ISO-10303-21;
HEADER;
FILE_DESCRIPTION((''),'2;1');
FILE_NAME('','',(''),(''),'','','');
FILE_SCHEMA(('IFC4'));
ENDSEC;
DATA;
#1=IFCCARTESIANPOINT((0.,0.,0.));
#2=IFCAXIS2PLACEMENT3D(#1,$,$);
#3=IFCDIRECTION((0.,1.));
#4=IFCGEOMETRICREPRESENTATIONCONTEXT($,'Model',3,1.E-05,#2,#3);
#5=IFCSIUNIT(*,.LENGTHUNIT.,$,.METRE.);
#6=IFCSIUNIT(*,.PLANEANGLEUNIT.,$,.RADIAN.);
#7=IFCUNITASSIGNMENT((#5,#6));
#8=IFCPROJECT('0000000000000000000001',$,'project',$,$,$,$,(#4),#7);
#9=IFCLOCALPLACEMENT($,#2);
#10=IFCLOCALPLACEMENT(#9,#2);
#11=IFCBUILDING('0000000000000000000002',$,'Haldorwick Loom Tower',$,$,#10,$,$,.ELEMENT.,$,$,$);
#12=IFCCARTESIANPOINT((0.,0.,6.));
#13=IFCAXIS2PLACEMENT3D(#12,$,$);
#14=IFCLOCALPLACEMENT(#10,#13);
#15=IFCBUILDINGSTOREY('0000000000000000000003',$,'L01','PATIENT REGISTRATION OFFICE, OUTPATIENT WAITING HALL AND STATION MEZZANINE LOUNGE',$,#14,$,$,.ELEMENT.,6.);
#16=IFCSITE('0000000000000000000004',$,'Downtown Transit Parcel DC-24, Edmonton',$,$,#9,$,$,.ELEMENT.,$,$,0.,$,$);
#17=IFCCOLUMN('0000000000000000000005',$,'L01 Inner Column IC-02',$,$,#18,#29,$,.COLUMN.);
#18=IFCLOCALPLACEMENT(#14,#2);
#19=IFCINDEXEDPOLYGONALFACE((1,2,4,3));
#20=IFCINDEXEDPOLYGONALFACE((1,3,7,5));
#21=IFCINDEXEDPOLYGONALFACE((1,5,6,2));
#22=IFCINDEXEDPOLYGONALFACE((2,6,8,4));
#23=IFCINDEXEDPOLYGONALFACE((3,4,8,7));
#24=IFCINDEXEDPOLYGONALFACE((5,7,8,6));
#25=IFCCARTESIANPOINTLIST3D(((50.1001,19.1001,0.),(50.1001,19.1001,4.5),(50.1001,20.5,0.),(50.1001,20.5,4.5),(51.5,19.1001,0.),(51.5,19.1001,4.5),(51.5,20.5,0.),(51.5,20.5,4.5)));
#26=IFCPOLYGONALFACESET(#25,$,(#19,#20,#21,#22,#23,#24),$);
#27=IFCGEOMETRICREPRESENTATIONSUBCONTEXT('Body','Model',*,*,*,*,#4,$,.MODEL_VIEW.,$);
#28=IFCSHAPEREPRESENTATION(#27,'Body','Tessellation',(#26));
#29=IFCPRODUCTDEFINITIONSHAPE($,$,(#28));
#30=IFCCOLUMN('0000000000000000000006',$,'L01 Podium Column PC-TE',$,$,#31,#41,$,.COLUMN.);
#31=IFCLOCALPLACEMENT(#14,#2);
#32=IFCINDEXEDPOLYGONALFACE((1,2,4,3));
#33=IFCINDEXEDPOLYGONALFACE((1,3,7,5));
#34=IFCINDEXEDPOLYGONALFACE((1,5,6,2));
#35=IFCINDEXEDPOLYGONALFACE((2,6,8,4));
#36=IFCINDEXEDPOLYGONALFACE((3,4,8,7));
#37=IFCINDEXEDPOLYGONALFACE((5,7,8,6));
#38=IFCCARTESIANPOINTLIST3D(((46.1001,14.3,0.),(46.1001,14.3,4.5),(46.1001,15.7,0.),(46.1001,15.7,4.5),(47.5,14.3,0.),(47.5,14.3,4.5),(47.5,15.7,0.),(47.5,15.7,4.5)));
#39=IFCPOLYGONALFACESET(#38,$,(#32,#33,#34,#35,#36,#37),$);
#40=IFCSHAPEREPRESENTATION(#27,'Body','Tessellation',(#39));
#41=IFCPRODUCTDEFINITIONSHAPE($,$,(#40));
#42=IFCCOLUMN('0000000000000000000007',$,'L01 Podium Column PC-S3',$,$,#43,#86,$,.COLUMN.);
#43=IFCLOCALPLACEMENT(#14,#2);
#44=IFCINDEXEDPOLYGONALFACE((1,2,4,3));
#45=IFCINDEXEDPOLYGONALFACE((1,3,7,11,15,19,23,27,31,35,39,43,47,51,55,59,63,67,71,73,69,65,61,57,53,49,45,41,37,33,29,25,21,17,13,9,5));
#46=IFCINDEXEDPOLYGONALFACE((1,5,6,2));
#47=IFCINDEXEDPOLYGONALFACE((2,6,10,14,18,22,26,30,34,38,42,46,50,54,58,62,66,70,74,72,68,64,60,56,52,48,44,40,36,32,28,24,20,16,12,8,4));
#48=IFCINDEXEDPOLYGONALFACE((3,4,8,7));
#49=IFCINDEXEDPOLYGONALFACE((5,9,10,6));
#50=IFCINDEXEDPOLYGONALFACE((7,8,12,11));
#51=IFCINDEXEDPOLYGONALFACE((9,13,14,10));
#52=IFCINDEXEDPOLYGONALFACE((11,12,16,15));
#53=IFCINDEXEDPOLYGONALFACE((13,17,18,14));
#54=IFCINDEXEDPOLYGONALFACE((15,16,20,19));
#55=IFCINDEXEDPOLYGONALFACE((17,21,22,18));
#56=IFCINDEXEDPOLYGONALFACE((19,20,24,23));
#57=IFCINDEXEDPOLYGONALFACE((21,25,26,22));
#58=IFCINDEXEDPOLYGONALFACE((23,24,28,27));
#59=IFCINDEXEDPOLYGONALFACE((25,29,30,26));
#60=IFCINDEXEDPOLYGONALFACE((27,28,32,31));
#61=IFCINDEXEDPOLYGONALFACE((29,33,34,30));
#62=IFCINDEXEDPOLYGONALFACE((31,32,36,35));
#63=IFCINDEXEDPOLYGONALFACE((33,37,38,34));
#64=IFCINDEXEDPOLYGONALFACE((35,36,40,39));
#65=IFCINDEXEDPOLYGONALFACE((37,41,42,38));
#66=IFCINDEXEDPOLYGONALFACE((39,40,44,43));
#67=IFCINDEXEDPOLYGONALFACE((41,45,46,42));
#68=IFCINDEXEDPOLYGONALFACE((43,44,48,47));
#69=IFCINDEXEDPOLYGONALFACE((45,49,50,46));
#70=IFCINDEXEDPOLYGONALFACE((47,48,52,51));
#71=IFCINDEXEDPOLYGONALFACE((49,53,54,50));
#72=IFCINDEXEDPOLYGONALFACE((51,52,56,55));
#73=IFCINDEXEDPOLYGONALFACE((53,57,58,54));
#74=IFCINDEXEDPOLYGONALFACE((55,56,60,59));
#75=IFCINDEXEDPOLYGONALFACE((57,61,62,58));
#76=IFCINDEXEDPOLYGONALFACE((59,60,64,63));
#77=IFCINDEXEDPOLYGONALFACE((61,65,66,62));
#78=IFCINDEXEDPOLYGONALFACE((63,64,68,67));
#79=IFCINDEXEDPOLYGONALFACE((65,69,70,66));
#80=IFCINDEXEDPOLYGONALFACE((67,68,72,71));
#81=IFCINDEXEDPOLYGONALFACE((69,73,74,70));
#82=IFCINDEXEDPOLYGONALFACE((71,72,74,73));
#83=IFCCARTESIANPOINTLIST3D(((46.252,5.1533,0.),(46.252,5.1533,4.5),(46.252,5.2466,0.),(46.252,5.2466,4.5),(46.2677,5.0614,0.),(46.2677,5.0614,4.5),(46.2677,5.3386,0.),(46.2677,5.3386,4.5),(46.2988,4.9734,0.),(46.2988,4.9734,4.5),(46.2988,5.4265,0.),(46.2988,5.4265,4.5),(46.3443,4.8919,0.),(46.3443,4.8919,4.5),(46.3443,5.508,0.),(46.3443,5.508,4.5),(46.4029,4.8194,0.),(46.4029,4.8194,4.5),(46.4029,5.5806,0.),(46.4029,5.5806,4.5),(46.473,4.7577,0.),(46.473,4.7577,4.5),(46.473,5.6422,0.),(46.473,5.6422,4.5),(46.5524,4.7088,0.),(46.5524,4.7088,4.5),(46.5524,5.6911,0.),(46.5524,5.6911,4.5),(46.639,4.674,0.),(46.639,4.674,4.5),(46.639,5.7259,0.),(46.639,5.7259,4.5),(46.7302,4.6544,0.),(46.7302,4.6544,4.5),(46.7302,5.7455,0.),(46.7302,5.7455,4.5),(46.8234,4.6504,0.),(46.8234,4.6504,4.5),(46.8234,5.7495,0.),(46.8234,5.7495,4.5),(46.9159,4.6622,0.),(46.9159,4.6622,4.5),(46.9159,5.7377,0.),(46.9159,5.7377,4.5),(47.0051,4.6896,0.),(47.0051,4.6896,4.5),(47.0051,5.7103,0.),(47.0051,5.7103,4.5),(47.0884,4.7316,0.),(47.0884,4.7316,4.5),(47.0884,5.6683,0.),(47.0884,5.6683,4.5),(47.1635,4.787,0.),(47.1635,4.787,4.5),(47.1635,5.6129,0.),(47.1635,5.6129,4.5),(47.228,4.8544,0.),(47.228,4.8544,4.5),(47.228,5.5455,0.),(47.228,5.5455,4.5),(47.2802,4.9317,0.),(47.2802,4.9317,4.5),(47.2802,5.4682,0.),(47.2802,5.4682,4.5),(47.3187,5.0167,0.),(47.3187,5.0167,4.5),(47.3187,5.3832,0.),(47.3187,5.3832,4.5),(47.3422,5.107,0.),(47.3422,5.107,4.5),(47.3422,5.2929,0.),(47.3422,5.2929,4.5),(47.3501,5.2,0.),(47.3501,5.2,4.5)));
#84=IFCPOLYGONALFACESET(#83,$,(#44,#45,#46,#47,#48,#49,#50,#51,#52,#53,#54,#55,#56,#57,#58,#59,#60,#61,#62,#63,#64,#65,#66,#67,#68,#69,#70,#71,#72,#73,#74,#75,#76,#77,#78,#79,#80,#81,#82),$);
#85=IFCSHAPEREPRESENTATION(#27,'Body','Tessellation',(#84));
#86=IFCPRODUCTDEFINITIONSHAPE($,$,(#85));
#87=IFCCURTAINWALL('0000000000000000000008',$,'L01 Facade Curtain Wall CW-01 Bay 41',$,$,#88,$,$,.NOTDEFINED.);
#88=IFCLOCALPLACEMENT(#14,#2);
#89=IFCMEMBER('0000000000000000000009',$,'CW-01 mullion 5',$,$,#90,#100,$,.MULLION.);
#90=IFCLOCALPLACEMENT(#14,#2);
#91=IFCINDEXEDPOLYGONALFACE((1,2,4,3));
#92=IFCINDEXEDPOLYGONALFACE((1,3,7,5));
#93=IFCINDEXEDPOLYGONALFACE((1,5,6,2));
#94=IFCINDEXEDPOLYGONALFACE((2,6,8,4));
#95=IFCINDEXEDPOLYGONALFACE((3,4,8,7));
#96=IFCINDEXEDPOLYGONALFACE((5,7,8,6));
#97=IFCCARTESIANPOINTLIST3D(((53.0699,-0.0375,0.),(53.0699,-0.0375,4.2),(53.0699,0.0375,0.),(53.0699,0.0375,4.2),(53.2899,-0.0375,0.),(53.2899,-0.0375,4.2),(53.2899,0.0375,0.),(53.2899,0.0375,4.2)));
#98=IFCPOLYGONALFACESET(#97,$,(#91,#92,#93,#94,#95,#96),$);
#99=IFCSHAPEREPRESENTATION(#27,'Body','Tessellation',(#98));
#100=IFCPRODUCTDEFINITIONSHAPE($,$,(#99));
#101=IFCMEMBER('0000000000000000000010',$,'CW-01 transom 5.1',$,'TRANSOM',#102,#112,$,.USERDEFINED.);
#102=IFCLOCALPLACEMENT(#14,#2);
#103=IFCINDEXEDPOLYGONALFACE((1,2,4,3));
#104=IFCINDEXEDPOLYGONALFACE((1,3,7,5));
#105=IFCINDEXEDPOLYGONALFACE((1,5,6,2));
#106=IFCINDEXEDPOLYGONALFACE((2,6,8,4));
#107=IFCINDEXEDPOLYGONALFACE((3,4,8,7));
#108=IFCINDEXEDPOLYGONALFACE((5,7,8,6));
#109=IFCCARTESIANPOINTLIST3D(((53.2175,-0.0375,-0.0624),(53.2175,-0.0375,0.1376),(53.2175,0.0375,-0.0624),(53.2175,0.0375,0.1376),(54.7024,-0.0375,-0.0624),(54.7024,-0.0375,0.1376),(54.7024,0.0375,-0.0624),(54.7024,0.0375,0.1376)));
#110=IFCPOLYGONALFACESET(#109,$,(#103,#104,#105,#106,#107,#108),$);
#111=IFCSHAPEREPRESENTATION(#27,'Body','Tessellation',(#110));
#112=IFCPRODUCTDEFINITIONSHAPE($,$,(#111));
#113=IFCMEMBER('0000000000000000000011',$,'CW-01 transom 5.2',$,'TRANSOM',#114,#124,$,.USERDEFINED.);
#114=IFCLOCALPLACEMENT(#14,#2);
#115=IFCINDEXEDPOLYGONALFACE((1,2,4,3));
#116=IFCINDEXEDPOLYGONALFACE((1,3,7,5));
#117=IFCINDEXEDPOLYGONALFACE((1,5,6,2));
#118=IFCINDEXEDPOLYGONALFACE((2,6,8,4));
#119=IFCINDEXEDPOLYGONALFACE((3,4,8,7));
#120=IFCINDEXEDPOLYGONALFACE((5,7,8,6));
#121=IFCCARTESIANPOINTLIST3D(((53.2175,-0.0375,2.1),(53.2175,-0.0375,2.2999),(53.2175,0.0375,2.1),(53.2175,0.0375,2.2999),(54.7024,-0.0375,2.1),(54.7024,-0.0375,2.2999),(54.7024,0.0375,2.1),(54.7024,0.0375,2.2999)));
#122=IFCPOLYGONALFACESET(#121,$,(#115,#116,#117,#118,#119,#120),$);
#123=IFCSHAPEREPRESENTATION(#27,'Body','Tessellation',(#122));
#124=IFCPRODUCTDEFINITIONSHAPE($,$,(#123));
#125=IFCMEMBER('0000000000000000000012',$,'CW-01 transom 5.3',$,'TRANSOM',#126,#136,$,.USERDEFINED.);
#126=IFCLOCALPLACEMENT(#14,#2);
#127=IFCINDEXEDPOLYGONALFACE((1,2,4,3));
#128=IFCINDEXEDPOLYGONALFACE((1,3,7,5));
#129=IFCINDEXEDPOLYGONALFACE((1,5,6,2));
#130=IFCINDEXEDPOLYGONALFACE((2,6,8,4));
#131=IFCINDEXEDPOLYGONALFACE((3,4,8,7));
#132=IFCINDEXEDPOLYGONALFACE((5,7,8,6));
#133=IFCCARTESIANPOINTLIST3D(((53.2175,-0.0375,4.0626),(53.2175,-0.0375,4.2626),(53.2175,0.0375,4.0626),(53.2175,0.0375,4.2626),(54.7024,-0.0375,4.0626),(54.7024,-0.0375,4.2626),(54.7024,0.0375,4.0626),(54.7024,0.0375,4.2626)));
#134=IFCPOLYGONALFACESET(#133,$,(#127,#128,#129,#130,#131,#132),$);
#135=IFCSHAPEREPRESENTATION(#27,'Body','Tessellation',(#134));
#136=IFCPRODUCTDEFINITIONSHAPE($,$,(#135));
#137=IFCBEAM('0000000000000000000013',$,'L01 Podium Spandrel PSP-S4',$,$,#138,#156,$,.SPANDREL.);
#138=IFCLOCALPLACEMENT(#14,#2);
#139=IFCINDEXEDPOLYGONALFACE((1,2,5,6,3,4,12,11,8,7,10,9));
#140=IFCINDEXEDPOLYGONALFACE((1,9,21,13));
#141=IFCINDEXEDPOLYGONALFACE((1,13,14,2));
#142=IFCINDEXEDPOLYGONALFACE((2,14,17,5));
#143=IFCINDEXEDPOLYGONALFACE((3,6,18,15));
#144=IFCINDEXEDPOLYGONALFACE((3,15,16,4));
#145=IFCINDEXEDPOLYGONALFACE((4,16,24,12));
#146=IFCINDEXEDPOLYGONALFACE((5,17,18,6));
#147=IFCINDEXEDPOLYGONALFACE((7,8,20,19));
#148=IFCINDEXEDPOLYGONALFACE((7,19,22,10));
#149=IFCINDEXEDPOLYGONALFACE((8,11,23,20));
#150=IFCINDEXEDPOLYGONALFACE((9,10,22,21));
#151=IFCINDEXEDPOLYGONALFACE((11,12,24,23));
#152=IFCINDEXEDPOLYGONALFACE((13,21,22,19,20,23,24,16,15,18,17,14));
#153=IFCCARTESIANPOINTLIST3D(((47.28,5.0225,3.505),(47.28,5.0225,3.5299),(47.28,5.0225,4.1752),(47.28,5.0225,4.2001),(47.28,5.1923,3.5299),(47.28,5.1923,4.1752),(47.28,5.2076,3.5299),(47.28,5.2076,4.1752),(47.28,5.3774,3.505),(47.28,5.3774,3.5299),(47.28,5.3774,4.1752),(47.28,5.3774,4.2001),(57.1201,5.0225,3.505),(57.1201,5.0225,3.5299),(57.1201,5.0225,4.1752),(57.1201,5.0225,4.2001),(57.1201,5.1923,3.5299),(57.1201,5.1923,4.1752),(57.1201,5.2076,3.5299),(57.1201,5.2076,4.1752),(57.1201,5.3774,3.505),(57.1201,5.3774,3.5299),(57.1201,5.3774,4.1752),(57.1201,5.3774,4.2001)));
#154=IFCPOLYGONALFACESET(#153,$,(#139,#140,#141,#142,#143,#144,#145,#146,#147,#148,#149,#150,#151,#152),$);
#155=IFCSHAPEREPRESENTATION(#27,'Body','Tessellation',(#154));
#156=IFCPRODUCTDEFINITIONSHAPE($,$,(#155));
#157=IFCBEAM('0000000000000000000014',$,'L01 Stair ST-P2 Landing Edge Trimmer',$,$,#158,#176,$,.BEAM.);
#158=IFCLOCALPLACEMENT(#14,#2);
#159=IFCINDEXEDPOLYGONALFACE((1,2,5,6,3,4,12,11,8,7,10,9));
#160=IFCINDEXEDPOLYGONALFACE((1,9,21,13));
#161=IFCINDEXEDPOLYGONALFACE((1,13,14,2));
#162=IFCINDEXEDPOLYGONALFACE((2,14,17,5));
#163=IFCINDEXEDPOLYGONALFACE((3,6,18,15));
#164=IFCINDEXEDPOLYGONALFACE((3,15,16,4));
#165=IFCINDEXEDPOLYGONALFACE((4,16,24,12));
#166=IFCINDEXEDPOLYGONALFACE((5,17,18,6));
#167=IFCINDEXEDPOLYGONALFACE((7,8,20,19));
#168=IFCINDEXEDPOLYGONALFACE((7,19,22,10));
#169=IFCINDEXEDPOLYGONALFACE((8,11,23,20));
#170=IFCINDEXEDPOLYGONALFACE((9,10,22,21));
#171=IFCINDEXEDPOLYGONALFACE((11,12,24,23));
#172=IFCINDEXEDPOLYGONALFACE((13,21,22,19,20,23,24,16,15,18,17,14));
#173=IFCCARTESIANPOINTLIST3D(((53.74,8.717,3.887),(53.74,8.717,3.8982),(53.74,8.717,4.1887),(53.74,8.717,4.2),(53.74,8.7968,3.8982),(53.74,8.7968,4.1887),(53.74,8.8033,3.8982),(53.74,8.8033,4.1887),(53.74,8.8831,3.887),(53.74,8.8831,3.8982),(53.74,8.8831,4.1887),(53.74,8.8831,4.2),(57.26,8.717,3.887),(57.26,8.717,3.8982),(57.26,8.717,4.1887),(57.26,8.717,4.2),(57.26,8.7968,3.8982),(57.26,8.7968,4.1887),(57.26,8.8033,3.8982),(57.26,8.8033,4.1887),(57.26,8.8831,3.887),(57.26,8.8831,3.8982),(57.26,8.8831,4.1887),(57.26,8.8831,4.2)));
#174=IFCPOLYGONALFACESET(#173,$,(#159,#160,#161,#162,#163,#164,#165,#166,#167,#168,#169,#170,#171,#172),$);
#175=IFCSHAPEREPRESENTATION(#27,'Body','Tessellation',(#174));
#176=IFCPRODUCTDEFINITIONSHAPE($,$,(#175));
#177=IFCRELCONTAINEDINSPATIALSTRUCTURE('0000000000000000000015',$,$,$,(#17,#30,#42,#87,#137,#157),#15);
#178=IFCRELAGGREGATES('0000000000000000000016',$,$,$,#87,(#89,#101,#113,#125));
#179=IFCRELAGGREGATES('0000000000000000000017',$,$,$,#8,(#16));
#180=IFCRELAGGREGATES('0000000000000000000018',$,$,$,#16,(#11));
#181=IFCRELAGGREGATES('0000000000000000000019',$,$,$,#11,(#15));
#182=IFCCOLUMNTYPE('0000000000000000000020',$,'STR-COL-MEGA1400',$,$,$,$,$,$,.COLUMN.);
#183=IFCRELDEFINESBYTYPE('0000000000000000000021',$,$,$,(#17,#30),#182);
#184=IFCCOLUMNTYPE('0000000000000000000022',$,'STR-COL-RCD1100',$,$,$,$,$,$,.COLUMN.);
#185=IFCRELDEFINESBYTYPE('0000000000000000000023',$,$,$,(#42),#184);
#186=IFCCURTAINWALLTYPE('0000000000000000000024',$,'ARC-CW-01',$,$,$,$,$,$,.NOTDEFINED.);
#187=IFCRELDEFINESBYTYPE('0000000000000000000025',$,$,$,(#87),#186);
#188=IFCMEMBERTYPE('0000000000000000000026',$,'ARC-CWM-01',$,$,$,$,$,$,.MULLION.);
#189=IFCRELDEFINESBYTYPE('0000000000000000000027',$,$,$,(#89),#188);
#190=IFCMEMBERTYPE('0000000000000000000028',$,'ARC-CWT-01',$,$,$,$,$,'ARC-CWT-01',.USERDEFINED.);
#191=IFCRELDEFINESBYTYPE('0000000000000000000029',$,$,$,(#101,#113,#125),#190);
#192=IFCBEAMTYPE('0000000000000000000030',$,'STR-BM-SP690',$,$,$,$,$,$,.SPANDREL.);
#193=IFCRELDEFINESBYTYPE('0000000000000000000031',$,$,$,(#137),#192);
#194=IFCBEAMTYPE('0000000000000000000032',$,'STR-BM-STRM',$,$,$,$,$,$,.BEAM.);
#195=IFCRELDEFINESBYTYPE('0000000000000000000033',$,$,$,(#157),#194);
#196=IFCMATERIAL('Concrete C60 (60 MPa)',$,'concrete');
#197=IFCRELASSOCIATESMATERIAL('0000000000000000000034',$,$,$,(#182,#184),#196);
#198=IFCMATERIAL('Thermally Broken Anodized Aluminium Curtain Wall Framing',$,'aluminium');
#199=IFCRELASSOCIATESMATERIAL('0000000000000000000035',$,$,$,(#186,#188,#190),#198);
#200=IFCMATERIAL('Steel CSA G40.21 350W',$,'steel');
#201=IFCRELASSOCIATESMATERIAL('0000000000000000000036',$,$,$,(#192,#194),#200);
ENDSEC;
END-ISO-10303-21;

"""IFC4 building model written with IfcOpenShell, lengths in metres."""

from ifc_helpers import new_model, si_unit, direction, frame, origin, origin_2d, place, context, subcontext, project, spatial, rectangle, circle, i_section, extrude, material, material_profile, profile_set, type_object, element, aggregate, save


model = new_model("IFC4")

# Units and contexts
model_context = context("Model", 3, precision=1e-05, world=origin(), true_north=direction((0.0, 1.0)))
body_context = subcontext(model_context, "Body", "Model", "MODEL_VIEW")
ifc_project = project(units=[si_unit("LENGTHUNIT", "METRE"), si_unit("PLANEANGLEUNIT", "RADIAN")], contexts=[model_context])

# Site, building, storey
site_placement = place(None, origin())
site = spatial("IfcSite", under=ifc_project, at=site_placement, Name="Downtown Transit Parcel DC-24, Edmonton", CompositionType="ELEMENT", RefElevation=0.0)
building_placement = place(site_placement, origin())
building = spatial("IfcBuilding", under=site, at=building_placement, Name="Haldorwick Loom Tower", CompositionType="ELEMENT")
storey_placement = place(building_placement, frame((0.0, 0.0, 6.0)))
storey = spatial("IfcBuildingStorey", under=building, at=storey_placement, Name="L01", Description="PATIENT REGISTRATION OFFICE, OUTPATIENT WAITING HALL AND STATION MEZZANINE LOUNGE", CompositionType="ELEMENT", Elevation=6.0)

# Columns
ifc_material_1 = material(Name="Concrete C60 (60 MPa)", Category="concrete")
ifc_material_profile_1 = material_profile(ifc_material_1, rectangle(XDim=1.3999, YDim=1.3999, at=origin_2d()), Name="RC1400X1400", Category="concrete")
ifc_profile_set_1 = profile_set([ifc_material_profile_1], Name="Concrete C60 (60 MPa)")
column_type_1 = type_object("IfcColumnType", Name="STR-COL-MEGA1400", PredefinedType="COLUMN", material=ifc_profile_set_1)
for number, where, z_axis, x_axis, name in (
    (1, (50.8, 19.8, 0.0), (0.0, 0.0, 1.0), (1.0, 0.0, 0.0), "L01 Inner Column IC-02"),
    (2, (46.8, 15.0, 0.0), (0.0, 0.0, 1.0), (1.0, 0.0, 0.0), "L01 Podium Column PC-TE"),
):
    element("IfcColumn", number, at=place(storey_placement, frame(where, z_axis=z_axis, x_axis=x_axis)), inside=storey, type_object=column_type_1, Name=name, PredefinedType="COLUMN", context=body_context, shape_type="SweptSolid", body=[
        extrude(rectangle(XDim=1.3999, YDim=1.3999, at=origin_2d()), origin(), (0.0, 0.0, 1.0), 4.5),
    ])
ifc_material_profile_2 = material_profile(ifc_material_1, circle(Radius=0.55, at=origin_2d()), Name="RCD1100", Category="concrete")
ifc_profile_set_2 = profile_set([ifc_material_profile_2], Name="Concrete C60 (60 MPa)")
column_type_2 = type_object("IfcColumnType", Name="STR-COL-RCD1100", PredefinedType="COLUMN", material=ifc_profile_set_2)
column_placement = place(storey_placement, frame((46.8, 5.2, 0.0), z_axis=(0.0, 0.0, 1.0), x_axis=(1.0, 0.0, 0.0)))
element("IfcColumn", 3, at=column_placement, inside=storey, type_object=column_type_2, Name="L01 Podium Column PC-S3", PredefinedType="COLUMN", context=body_context, shape_type="SweptSolid", body=[
    extrude(circle(Radius=0.55, at=origin_2d()), origin(), (0.0, 0.0, 1.0), 4.5),
])

# Curtain wall, members
ifc_material_2 = material(Name="Thermally Broken Anodized Aluminium Curtain Wall Framing", Category="aluminium")
curtain_wall_type = type_object("IfcCurtainWallType", Name="ARC-CW-01", PredefinedType="NOTDEFINED", material=ifc_material_2)
curtain_wall_placement = place(storey_placement, origin())
curtain_wall = element("IfcCurtainWall", 4, at=curtain_wall_placement, inside=storey, type_object=curtain_wall_type, Name="L01 Facade Curtain Wall CW-01 Bay 41", PredefinedType="NOTDEFINED")
ifc_material_profile_3 = material_profile(ifc_material_2, rectangle(XDim=0.075, YDim=0.22, at=origin_2d()), Name="ALU_MUL_75X220", Category="aluminium")
ifc_profile_set_3 = profile_set([ifc_material_profile_3], Name="Thermally Broken Anodized Aluminium Curtain Wall Framing")
member_type_1 = type_object("IfcMemberType", Name="ARC-CWM-01", PredefinedType="MULLION", material=ifc_profile_set_3)
member_1_placement = place(storey_placement, frame((53.1799, 0.0, 0.0), z_axis=(0.0, 0.0, 1.0), x_axis=(0.0, 1.0, 0.0)))
member_1 = element("IfcMember", 5, at=member_1_placement, type_object=member_type_1, Name="CW-01 mullion 5", PredefinedType="MULLION", context=body_context, shape_type="SweptSolid", body=[
    extrude(rectangle(XDim=0.075, YDim=0.22, at=origin_2d()), origin(), (0.0, 0.0, 1.0), 4.2),
])
ifc_material_profile_4 = material_profile(ifc_material_2, rectangle(XDim=0.075, YDim=0.2, at=origin_2d()), Name="ALU_TRN_75X200", Category="aluminium")
ifc_profile_set_4 = profile_set([ifc_material_profile_4], Name="Thermally Broken Anodized Aluminium Curtain Wall Framing")
member_type_2 = type_object("IfcMemberType", Name="ARC-CWT-01", ElementType="ARC-CWT-01", PredefinedType="USERDEFINED", material=ifc_profile_set_4)
member_2_placement = place(storey_placement, frame((53.2175, 0.0, 0.0376), z_axis=(1.0, 0.0, 0.0), x_axis=(0.0, 1.0, 0.0)))
member_2 = element("IfcMember", 6, at=member_2_placement, type_object=member_type_2, Name="CW-01 transom 5.1", ObjectType="TRANSOM", PredefinedType="USERDEFINED", context=body_context, shape_type="SweptSolid", body=[
    extrude(rectangle(XDim=0.075, YDim=0.2, at=origin_2d()), origin(), (0.0, 0.0, 1.0), 1.4849),
])
member_3_placement = place(storey_placement, frame((53.2175, 0.0, 2.2), z_axis=(1.0, 0.0, 0.0), x_axis=(0.0, 1.0, 0.0)))
member_3 = element("IfcMember", 7, at=member_3_placement, type_object=member_type_2, Name="CW-01 transom 5.2", ObjectType="TRANSOM", PredefinedType="USERDEFINED", context=body_context, shape_type="SweptSolid", body=[
    extrude(rectangle(XDim=0.075, YDim=0.2, at=origin_2d()), origin(), (0.0, 0.0, 1.0), 1.4849),
])
member_4_placement = place(storey_placement, frame((53.2175, 0.0, 4.1626), z_axis=(1.0, 0.0, 0.0), x_axis=(0.0, 1.0, 0.0)))
member_4 = element("IfcMember", 8, at=member_4_placement, type_object=member_type_2, Name="CW-01 transom 5.3", ObjectType="TRANSOM", PredefinedType="USERDEFINED", context=body_context, shape_type="SweptSolid", body=[
    extrude(rectangle(XDim=0.075, YDim=0.2, at=origin_2d()), origin(), (0.0, 0.0, 1.0), 1.4849),
])

# Beams
ifc_material_3 = material(Name="Steel CSA G40.21 350W", Category="steel")
ifc_material_profile_5 = material_profile(ifc_material_3, i_section(OverallWidth=0.355, OverallDepth=0.6951, WebThickness=0.0154, FlangeThickness=0.0249, at=origin_2d()), Name="W690X217", Category="steel")
ifc_profile_set_5 = profile_set([ifc_material_profile_5], Name="Steel CSA G40.21 350W")
beam_type_1 = type_object("IfcBeamType", Name="STR-BM-SP690", PredefinedType="SPANDREL", material=ifc_profile_set_5)
beam_1_placement = place(storey_placement, frame((47.28, 5.2, 3.8525), z_axis=(1.0, 0.0, 0.0), x_axis=(0.0, 1.0, 0.0)))
element("IfcBeam", 9, at=beam_1_placement, inside=storey, type_object=beam_type_1, Name="L01 Podium Spandrel PSP-S4", PredefinedType="SPANDREL", context=body_context, shape_type="SweptSolid", body=[
    extrude(i_section(OverallWidth=0.355, OverallDepth=0.6951, WebThickness=0.0154, FlangeThickness=0.0249, at=origin_2d()), origin(), (0.0, 0.0, 1.0), 9.8401),
])
ifc_material_profile_6 = material_profile(ifc_material_3, i_section(OverallWidth=0.166, OverallDepth=0.313, WebThickness=0.0066, FlangeThickness=0.0112, at=origin_2d()), Name="W310X45", Category="steel")
ifc_profile_set_6 = profile_set([ifc_material_profile_6], Name="Steel CSA G40.21 350W")
beam_type_2 = type_object("IfcBeamType", Name="STR-BM-STRM", PredefinedType="BEAM", material=ifc_profile_set_6)
for number, where, z_axis, x_axis, name in (
    (10, (53.74, 8.8, 4.0435), (1.0, 0.0, 0.0), (0.0, 1.0, 0.0), "L01 Stair ST-P2 Landing Edge Trimmer"),
):
    element("IfcBeam", number, at=place(storey_placement, frame(where, z_axis=z_axis, x_axis=x_axis)), inside=storey, type_object=beam_type_2, Name=name, PredefinedType="BEAM", context=body_context, shape_type="SweptSolid", body=[
        extrude(i_section(OverallWidth=0.166, OverallDepth=0.313, WebThickness=0.0066, FlangeThickness=0.0112, at=origin_2d()), origin(), (0.0, 0.0, 1.0), 3.52),
    ])

aggregate(curtain_wall, [member_1, member_2, member_3, member_4])

save(model, "model.ifc")
